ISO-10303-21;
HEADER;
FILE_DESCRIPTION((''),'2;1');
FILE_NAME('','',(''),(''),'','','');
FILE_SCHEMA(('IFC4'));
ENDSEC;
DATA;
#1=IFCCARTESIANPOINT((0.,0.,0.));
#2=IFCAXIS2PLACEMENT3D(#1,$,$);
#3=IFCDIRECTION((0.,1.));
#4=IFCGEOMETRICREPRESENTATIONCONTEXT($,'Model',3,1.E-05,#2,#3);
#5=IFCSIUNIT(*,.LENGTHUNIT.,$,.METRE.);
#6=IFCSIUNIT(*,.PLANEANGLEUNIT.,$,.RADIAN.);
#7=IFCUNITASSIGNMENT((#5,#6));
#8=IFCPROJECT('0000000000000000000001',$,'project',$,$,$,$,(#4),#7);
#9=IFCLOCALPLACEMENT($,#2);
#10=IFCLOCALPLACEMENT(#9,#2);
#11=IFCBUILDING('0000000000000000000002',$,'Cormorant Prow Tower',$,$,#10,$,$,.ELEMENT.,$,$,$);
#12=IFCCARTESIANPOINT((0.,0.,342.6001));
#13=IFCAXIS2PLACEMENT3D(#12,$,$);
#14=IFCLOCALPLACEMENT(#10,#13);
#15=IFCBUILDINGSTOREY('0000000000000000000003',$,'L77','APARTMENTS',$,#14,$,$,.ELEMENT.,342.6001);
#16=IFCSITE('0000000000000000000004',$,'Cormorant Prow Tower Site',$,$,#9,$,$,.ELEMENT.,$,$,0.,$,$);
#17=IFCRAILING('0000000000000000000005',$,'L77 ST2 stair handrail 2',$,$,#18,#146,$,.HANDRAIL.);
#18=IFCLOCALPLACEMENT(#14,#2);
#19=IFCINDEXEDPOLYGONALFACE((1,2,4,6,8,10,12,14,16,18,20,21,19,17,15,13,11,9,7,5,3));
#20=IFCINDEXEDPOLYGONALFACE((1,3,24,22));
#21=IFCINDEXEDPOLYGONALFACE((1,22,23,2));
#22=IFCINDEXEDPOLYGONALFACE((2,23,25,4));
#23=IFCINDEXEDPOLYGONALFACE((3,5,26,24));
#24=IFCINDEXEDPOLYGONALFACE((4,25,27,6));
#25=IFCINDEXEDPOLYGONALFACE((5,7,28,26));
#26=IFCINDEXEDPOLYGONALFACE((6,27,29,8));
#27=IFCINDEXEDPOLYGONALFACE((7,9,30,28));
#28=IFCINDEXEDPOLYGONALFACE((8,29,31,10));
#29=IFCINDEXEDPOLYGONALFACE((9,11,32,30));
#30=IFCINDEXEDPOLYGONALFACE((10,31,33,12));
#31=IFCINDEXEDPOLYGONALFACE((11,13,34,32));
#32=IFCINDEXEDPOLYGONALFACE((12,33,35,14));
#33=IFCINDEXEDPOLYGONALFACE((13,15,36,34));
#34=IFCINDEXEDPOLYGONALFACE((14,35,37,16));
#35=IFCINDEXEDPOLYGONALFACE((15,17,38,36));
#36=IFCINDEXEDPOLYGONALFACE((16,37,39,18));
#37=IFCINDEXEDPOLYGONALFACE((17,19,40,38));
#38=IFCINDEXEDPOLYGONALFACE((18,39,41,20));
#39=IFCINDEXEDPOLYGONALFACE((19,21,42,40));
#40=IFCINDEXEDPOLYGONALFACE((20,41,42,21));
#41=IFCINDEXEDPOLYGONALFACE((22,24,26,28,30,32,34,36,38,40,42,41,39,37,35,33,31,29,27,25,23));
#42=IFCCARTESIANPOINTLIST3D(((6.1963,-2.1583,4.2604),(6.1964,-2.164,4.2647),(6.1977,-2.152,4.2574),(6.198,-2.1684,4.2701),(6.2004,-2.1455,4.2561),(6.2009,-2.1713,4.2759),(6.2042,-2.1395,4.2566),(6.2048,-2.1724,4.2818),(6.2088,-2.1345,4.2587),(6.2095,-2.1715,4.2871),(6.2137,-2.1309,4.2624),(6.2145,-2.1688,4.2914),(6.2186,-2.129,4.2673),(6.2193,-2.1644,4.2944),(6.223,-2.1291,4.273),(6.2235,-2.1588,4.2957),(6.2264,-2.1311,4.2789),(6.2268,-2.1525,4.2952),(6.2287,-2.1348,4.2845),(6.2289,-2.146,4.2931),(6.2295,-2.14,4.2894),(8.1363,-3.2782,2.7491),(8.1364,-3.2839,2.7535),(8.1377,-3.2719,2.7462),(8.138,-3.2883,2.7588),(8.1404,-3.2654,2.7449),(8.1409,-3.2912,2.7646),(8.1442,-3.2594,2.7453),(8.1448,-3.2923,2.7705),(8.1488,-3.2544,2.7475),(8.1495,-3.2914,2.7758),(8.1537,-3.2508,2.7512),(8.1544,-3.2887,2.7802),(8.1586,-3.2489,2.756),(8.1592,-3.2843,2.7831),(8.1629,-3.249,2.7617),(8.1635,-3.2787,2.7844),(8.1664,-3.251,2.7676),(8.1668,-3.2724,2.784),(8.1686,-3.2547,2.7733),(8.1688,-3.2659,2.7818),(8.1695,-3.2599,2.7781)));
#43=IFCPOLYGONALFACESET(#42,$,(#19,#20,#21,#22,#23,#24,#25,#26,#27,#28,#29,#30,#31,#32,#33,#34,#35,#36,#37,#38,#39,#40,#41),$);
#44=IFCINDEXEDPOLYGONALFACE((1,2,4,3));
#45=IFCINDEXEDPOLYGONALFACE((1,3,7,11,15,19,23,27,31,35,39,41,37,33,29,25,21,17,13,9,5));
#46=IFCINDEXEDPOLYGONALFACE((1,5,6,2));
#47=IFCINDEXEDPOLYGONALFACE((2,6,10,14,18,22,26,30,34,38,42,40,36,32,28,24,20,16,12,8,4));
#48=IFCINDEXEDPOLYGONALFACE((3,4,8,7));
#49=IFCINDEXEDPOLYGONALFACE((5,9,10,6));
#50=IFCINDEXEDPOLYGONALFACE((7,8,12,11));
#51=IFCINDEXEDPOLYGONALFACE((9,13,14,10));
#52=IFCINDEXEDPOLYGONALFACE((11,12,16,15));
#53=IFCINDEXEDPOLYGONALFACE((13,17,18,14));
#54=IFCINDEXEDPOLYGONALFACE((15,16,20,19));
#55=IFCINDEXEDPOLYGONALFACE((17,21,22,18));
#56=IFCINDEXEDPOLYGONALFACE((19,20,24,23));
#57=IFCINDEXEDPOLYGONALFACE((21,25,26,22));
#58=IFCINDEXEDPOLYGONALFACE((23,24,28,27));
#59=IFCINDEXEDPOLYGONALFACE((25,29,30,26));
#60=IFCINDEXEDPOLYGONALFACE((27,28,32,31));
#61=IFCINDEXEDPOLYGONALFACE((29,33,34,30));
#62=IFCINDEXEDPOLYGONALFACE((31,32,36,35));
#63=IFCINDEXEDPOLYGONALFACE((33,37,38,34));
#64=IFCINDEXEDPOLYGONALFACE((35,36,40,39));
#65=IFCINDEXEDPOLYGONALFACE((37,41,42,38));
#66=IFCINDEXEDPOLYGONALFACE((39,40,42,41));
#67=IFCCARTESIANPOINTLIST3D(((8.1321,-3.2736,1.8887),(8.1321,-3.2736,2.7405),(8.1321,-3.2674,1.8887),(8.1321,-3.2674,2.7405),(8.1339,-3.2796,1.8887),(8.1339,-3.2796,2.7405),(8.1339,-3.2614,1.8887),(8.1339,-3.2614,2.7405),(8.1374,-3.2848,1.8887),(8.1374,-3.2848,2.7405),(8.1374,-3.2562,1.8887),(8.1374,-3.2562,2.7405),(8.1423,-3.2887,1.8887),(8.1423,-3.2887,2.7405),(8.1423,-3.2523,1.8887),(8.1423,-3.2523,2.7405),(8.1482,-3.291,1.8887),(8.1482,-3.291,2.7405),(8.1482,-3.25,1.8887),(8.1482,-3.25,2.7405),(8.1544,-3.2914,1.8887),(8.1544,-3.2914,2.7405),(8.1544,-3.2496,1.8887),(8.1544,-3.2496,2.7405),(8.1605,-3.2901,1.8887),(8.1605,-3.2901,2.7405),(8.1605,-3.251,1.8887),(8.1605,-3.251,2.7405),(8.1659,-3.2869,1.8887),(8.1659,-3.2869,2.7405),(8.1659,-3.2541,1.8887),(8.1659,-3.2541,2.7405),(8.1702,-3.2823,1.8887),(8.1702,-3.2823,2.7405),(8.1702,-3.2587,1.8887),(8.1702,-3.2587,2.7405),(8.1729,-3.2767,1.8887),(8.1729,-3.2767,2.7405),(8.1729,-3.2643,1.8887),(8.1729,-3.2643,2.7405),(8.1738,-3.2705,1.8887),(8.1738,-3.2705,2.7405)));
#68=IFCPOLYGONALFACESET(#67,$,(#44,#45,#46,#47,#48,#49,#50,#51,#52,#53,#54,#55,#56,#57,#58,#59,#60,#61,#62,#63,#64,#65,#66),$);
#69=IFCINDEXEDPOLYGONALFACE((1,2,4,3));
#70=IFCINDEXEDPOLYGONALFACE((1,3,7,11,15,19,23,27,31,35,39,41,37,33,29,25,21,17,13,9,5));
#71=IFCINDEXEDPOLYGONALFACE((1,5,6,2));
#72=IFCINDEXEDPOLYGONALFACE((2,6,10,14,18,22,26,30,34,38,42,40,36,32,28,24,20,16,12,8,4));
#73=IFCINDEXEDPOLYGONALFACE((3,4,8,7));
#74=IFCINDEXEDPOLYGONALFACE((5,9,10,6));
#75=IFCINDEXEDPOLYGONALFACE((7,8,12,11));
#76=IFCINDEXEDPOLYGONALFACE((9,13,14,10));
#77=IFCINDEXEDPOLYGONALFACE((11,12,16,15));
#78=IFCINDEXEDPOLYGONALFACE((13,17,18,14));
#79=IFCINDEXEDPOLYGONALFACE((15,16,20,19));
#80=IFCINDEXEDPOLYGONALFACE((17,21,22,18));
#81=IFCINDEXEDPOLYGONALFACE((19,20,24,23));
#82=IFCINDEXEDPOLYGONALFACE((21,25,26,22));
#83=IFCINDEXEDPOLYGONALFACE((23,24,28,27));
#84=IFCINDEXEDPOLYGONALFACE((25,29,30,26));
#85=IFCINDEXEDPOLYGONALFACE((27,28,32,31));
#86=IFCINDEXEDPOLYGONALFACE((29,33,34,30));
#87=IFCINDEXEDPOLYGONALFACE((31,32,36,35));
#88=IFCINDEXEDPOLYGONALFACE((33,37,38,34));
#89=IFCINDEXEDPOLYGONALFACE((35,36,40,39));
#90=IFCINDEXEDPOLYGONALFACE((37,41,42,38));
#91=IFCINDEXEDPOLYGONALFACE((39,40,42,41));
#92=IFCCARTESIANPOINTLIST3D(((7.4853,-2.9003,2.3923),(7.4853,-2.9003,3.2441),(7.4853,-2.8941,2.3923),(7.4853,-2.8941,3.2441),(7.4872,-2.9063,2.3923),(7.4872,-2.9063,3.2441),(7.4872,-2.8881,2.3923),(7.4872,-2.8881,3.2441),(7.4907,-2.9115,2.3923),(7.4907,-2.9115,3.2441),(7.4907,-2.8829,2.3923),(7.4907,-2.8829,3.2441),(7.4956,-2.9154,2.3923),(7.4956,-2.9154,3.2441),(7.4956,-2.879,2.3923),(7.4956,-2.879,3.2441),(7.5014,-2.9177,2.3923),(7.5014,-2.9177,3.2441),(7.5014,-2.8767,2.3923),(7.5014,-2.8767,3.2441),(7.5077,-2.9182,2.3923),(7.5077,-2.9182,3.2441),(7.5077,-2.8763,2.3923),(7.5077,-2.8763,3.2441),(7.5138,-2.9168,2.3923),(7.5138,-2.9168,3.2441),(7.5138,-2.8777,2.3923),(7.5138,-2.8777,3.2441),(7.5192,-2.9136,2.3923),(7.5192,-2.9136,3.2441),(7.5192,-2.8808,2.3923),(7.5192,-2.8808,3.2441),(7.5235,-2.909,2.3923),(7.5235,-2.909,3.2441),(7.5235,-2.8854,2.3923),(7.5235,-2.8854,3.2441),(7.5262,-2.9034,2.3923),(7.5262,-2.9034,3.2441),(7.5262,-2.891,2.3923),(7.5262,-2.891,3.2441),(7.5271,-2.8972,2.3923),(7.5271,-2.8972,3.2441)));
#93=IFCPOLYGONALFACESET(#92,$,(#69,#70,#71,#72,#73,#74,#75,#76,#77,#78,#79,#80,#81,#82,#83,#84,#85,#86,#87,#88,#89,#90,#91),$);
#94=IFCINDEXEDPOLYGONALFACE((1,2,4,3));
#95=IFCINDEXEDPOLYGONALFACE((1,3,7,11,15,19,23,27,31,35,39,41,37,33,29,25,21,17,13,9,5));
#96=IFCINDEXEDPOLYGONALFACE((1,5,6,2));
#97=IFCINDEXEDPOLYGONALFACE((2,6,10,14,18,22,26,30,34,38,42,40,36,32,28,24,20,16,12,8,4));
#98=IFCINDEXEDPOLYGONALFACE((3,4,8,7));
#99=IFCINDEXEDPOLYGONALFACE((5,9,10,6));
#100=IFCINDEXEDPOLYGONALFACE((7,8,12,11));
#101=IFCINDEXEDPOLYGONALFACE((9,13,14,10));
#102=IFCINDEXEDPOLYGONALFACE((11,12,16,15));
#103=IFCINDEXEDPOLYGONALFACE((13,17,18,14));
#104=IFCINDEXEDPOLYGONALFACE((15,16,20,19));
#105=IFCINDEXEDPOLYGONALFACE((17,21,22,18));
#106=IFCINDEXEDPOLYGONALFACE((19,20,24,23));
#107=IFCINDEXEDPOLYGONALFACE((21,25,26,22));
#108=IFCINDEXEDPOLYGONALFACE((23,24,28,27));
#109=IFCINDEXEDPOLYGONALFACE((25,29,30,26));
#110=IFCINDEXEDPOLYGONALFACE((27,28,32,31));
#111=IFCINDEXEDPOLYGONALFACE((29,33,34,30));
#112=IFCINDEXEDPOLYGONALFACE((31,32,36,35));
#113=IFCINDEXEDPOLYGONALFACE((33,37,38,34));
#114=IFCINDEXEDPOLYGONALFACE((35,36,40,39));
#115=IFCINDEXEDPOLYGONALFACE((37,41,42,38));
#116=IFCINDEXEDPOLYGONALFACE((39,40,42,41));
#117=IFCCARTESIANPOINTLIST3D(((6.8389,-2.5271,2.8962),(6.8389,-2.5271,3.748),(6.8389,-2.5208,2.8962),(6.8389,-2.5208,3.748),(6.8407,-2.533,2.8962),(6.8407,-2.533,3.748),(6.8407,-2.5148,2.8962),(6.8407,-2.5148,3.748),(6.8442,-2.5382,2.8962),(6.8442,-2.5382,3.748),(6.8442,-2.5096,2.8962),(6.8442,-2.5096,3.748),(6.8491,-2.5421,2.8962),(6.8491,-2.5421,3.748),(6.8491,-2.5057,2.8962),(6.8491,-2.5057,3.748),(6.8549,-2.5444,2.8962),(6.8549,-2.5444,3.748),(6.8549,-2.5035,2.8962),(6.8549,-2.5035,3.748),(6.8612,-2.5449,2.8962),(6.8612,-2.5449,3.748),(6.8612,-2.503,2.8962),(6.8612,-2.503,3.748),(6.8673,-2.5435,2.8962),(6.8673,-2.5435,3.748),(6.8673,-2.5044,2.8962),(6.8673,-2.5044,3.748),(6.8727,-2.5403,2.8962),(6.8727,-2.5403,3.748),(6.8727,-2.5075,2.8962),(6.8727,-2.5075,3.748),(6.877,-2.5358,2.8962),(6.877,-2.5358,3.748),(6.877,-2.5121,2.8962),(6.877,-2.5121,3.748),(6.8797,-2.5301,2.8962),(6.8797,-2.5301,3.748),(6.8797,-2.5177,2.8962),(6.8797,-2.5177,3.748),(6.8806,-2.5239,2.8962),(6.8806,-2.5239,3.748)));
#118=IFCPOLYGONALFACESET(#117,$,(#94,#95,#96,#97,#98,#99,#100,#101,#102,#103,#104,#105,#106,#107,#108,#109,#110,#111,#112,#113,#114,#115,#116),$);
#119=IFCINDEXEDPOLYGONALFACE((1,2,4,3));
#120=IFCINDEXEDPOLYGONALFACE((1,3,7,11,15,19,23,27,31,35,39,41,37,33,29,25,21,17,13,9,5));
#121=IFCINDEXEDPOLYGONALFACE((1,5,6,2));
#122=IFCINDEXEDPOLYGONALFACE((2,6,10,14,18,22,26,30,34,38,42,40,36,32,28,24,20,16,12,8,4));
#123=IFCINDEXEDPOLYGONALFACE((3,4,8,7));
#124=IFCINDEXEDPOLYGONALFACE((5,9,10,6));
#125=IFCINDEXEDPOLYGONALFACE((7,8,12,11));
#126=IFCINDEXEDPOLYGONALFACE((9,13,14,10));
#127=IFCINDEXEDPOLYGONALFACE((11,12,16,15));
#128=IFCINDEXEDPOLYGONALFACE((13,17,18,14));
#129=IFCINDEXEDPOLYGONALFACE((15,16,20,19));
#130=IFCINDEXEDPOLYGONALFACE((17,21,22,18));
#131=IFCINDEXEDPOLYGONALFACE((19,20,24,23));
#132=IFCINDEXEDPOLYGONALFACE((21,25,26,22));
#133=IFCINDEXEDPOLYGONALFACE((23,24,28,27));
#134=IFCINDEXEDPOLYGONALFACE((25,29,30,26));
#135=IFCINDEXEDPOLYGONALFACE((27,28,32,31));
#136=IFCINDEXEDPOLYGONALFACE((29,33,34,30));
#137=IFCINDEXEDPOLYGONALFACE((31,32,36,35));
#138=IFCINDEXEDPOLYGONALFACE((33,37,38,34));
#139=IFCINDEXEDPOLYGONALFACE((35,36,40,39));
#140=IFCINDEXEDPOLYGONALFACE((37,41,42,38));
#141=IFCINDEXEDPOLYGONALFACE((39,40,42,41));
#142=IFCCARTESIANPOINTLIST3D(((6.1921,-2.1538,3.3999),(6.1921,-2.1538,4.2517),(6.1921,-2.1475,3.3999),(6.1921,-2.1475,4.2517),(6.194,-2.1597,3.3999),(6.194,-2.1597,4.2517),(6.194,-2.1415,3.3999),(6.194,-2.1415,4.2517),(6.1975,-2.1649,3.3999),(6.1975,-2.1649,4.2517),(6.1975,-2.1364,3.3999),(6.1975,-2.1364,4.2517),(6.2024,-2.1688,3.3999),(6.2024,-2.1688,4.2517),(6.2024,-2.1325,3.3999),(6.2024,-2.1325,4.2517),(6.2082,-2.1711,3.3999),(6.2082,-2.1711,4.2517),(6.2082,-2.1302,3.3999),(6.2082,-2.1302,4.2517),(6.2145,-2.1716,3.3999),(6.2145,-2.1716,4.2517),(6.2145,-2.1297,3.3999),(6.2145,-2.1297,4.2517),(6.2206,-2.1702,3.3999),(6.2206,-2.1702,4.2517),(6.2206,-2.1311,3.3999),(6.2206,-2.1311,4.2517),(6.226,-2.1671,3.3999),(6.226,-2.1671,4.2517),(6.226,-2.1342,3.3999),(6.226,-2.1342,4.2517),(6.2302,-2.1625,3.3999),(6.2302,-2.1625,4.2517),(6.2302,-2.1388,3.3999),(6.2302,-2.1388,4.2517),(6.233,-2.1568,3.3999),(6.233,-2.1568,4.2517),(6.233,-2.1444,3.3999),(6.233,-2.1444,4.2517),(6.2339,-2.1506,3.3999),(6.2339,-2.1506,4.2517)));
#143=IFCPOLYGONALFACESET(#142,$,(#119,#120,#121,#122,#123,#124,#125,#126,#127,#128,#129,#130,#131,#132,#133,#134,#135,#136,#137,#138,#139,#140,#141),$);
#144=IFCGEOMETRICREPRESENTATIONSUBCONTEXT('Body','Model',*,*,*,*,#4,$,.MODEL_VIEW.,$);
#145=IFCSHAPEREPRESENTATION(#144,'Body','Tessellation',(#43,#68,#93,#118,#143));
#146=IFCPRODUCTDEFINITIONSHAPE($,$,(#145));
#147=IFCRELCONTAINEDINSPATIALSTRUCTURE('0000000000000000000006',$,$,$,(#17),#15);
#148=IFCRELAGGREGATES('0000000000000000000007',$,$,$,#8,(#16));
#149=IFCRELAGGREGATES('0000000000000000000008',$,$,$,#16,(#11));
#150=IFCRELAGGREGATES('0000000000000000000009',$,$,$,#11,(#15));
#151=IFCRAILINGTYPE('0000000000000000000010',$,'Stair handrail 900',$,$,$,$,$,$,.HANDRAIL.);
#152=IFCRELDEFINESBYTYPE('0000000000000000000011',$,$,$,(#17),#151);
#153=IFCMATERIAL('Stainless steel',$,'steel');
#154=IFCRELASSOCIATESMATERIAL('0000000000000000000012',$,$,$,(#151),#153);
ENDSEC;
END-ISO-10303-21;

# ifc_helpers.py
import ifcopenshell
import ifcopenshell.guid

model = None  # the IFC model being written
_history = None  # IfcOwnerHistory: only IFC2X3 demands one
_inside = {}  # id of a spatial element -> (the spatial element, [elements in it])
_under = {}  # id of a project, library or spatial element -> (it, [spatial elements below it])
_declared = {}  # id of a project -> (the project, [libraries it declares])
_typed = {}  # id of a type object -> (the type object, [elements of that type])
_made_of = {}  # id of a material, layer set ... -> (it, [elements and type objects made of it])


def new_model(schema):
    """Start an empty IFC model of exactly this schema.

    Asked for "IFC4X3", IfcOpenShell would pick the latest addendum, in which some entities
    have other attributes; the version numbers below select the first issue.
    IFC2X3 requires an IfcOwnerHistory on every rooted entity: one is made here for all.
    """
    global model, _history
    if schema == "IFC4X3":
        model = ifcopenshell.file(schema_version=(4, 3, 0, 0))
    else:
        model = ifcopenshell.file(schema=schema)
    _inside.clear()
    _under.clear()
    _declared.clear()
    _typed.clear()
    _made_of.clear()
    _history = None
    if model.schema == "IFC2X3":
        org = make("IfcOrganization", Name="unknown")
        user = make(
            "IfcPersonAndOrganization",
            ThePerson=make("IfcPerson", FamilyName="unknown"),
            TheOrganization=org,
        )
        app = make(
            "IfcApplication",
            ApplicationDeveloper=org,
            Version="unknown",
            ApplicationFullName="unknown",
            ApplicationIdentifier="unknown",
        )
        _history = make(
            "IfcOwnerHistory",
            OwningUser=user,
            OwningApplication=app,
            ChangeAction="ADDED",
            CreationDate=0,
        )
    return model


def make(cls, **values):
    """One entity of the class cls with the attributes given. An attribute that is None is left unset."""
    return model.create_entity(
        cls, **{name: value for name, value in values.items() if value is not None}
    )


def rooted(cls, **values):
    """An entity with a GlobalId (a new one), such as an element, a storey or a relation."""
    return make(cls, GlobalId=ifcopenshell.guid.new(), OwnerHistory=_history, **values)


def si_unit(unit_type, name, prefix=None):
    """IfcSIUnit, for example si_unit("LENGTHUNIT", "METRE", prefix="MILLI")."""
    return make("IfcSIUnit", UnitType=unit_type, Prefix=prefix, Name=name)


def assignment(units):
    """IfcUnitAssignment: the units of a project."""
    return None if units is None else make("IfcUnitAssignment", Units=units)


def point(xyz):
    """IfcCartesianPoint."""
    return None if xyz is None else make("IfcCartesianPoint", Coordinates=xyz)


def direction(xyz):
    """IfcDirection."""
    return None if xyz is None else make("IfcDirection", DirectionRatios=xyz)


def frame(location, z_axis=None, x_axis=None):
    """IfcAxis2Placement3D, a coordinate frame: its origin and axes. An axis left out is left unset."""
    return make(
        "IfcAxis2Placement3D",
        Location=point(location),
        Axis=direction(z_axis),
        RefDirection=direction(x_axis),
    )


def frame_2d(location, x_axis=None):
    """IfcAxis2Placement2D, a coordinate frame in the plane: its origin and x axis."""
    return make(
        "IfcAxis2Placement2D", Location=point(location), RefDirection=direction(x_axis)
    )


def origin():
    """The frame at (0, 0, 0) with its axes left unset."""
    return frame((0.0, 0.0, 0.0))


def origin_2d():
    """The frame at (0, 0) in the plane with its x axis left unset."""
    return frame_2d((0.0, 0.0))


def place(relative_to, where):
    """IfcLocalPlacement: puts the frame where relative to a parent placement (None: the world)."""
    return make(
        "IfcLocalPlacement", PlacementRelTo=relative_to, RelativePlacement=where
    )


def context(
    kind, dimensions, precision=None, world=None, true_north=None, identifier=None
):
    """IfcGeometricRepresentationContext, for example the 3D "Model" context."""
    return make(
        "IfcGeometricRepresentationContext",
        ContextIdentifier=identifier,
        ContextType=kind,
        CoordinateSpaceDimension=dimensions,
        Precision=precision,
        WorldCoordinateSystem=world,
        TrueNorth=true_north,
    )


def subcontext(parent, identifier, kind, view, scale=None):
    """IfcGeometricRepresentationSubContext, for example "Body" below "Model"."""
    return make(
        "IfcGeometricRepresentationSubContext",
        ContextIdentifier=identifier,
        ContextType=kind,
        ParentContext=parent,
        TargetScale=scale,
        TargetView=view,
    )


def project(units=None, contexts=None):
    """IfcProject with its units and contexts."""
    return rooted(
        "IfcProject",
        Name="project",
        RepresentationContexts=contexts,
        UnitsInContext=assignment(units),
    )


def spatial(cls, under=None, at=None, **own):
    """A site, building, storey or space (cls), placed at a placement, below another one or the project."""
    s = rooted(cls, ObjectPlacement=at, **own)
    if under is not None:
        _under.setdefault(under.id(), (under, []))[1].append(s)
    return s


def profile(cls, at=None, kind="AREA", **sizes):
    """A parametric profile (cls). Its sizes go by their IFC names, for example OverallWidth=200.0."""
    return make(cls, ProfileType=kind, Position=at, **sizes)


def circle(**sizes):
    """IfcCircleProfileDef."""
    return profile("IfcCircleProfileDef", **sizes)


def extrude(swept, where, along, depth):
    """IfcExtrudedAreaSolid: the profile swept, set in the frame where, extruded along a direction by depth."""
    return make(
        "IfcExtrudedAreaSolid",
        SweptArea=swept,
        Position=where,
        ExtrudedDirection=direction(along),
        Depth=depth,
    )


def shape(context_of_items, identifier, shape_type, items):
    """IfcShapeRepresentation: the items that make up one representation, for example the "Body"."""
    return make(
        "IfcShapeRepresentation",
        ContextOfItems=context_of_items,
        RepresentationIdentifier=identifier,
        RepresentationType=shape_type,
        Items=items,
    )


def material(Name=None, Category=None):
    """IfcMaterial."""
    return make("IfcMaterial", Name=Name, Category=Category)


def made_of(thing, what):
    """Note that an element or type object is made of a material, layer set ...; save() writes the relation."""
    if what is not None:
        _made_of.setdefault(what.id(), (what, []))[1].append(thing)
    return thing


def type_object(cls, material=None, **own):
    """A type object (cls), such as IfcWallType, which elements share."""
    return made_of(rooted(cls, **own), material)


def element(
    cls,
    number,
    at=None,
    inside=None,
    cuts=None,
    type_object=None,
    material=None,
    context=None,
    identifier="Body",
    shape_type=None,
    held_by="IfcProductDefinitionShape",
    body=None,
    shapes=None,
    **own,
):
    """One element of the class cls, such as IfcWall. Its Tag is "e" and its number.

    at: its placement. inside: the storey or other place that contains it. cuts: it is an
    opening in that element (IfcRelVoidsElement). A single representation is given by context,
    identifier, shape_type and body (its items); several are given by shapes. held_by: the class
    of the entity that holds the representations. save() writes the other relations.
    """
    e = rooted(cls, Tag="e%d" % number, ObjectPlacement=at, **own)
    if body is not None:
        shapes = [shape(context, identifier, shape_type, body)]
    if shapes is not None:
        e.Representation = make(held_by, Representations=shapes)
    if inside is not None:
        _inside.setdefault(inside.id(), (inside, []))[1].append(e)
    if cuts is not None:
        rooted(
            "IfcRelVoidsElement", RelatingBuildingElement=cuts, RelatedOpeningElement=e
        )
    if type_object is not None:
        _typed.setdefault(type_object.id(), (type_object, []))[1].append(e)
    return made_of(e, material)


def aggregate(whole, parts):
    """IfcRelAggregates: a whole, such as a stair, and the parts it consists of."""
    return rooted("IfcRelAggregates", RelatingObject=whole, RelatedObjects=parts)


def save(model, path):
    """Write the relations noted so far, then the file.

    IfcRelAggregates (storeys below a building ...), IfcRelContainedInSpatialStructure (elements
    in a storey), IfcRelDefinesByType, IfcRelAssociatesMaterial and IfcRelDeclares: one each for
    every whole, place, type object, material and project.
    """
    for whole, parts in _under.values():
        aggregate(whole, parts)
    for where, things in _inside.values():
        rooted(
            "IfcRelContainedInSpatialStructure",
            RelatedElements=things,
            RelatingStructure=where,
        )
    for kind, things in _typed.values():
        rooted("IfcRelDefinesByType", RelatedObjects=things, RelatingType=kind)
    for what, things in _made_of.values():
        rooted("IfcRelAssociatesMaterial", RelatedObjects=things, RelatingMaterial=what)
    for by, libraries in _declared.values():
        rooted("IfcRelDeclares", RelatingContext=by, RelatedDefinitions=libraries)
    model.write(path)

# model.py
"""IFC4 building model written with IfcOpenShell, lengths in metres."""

from ifc_helpers import new_model, si_unit, direction, frame, origin, origin_2d, place, context, subcontext, project, spatial, circle, extrude, material, type_object, element, save


model = new_model("IFC4")

# Units and contexts
model_context = context("Model", 3, precision=1e-05, world=origin(), true_north=direction((0.0, 1.0)))
body_context = subcontext(model_context, "Body", "Model", "MODEL_VIEW")
ifc_project = project(units=[si_unit("LENGTHUNIT", "METRE"), si_unit("PLANEANGLEUNIT", "RADIAN")], contexts=[model_context])

# Site, building, storey
site_placement = place(None, origin())
site = spatial("IfcSite", under=ifc_project, at=site_placement, Name="Cormorant Prow Tower Site", CompositionType="ELEMENT", RefElevation=0.0)
building_placement = place(site_placement, origin())
building = spatial("IfcBuilding", under=site, at=building_placement, Name="Cormorant Prow Tower", CompositionType="ELEMENT")
storey_placement = place(building_placement, frame((0.0, 0.0, 342.6001)))
storey = spatial("IfcBuildingStorey", under=building, at=storey_placement, Name="L77", Description="APARTMENTS", CompositionType="ELEMENT", Elevation=342.6001)

# Railing
ifc_material_1 = material(Name="Stainless steel", Category="steel")
railing_type_1 = type_object("IfcRailingType", Name="Stair handrail 900", PredefinedType="HANDRAIL", material=ifc_material_1)
railing_1_placement = place(storey_placement, frame((8.1528, -3.2705, 1.8887)))
element("IfcRailing", 1, at=railing_1_placement, inside=storey, type_object=railing_type_1, Name="L77 ST2 stair handrail 2", PredefinedType="HANDRAIL", context=body_context, shape_type="SweptSolid", body=[
    extrude(circle(Radius=0.0239, at=origin_2d()), frame((0.0, 0.0, 0.876), z_axis=(-0.71794, 0.414447, 0.559281), x_axis=(-0.499949, -0.866055, 0.0)), (0.0, 0.0, 1.0), 2.7021),
    extrude(circle(Radius=0.021, at=origin_2d()), origin(), (0.0, 0.0, 1.0), 0.8518),
    extrude(circle(Radius=0.021, at=origin_2d()), frame((-0.6467, 0.3733, 0.5037)), (0.0, 0.0, 1.0), 0.8518),
    extrude(circle(Radius=0.021, at=origin_2d()), frame((-1.2932, 0.7466, 1.0076)), (0.0, 0.0, 1.0), 0.8518),
    extrude(circle(Radius=0.021, at=origin_2d()), frame((-1.9399, 1.1199, 1.5112)), (0.0, 0.0, 1.0), 0.8518),
])

save(model, "model.ifc")
